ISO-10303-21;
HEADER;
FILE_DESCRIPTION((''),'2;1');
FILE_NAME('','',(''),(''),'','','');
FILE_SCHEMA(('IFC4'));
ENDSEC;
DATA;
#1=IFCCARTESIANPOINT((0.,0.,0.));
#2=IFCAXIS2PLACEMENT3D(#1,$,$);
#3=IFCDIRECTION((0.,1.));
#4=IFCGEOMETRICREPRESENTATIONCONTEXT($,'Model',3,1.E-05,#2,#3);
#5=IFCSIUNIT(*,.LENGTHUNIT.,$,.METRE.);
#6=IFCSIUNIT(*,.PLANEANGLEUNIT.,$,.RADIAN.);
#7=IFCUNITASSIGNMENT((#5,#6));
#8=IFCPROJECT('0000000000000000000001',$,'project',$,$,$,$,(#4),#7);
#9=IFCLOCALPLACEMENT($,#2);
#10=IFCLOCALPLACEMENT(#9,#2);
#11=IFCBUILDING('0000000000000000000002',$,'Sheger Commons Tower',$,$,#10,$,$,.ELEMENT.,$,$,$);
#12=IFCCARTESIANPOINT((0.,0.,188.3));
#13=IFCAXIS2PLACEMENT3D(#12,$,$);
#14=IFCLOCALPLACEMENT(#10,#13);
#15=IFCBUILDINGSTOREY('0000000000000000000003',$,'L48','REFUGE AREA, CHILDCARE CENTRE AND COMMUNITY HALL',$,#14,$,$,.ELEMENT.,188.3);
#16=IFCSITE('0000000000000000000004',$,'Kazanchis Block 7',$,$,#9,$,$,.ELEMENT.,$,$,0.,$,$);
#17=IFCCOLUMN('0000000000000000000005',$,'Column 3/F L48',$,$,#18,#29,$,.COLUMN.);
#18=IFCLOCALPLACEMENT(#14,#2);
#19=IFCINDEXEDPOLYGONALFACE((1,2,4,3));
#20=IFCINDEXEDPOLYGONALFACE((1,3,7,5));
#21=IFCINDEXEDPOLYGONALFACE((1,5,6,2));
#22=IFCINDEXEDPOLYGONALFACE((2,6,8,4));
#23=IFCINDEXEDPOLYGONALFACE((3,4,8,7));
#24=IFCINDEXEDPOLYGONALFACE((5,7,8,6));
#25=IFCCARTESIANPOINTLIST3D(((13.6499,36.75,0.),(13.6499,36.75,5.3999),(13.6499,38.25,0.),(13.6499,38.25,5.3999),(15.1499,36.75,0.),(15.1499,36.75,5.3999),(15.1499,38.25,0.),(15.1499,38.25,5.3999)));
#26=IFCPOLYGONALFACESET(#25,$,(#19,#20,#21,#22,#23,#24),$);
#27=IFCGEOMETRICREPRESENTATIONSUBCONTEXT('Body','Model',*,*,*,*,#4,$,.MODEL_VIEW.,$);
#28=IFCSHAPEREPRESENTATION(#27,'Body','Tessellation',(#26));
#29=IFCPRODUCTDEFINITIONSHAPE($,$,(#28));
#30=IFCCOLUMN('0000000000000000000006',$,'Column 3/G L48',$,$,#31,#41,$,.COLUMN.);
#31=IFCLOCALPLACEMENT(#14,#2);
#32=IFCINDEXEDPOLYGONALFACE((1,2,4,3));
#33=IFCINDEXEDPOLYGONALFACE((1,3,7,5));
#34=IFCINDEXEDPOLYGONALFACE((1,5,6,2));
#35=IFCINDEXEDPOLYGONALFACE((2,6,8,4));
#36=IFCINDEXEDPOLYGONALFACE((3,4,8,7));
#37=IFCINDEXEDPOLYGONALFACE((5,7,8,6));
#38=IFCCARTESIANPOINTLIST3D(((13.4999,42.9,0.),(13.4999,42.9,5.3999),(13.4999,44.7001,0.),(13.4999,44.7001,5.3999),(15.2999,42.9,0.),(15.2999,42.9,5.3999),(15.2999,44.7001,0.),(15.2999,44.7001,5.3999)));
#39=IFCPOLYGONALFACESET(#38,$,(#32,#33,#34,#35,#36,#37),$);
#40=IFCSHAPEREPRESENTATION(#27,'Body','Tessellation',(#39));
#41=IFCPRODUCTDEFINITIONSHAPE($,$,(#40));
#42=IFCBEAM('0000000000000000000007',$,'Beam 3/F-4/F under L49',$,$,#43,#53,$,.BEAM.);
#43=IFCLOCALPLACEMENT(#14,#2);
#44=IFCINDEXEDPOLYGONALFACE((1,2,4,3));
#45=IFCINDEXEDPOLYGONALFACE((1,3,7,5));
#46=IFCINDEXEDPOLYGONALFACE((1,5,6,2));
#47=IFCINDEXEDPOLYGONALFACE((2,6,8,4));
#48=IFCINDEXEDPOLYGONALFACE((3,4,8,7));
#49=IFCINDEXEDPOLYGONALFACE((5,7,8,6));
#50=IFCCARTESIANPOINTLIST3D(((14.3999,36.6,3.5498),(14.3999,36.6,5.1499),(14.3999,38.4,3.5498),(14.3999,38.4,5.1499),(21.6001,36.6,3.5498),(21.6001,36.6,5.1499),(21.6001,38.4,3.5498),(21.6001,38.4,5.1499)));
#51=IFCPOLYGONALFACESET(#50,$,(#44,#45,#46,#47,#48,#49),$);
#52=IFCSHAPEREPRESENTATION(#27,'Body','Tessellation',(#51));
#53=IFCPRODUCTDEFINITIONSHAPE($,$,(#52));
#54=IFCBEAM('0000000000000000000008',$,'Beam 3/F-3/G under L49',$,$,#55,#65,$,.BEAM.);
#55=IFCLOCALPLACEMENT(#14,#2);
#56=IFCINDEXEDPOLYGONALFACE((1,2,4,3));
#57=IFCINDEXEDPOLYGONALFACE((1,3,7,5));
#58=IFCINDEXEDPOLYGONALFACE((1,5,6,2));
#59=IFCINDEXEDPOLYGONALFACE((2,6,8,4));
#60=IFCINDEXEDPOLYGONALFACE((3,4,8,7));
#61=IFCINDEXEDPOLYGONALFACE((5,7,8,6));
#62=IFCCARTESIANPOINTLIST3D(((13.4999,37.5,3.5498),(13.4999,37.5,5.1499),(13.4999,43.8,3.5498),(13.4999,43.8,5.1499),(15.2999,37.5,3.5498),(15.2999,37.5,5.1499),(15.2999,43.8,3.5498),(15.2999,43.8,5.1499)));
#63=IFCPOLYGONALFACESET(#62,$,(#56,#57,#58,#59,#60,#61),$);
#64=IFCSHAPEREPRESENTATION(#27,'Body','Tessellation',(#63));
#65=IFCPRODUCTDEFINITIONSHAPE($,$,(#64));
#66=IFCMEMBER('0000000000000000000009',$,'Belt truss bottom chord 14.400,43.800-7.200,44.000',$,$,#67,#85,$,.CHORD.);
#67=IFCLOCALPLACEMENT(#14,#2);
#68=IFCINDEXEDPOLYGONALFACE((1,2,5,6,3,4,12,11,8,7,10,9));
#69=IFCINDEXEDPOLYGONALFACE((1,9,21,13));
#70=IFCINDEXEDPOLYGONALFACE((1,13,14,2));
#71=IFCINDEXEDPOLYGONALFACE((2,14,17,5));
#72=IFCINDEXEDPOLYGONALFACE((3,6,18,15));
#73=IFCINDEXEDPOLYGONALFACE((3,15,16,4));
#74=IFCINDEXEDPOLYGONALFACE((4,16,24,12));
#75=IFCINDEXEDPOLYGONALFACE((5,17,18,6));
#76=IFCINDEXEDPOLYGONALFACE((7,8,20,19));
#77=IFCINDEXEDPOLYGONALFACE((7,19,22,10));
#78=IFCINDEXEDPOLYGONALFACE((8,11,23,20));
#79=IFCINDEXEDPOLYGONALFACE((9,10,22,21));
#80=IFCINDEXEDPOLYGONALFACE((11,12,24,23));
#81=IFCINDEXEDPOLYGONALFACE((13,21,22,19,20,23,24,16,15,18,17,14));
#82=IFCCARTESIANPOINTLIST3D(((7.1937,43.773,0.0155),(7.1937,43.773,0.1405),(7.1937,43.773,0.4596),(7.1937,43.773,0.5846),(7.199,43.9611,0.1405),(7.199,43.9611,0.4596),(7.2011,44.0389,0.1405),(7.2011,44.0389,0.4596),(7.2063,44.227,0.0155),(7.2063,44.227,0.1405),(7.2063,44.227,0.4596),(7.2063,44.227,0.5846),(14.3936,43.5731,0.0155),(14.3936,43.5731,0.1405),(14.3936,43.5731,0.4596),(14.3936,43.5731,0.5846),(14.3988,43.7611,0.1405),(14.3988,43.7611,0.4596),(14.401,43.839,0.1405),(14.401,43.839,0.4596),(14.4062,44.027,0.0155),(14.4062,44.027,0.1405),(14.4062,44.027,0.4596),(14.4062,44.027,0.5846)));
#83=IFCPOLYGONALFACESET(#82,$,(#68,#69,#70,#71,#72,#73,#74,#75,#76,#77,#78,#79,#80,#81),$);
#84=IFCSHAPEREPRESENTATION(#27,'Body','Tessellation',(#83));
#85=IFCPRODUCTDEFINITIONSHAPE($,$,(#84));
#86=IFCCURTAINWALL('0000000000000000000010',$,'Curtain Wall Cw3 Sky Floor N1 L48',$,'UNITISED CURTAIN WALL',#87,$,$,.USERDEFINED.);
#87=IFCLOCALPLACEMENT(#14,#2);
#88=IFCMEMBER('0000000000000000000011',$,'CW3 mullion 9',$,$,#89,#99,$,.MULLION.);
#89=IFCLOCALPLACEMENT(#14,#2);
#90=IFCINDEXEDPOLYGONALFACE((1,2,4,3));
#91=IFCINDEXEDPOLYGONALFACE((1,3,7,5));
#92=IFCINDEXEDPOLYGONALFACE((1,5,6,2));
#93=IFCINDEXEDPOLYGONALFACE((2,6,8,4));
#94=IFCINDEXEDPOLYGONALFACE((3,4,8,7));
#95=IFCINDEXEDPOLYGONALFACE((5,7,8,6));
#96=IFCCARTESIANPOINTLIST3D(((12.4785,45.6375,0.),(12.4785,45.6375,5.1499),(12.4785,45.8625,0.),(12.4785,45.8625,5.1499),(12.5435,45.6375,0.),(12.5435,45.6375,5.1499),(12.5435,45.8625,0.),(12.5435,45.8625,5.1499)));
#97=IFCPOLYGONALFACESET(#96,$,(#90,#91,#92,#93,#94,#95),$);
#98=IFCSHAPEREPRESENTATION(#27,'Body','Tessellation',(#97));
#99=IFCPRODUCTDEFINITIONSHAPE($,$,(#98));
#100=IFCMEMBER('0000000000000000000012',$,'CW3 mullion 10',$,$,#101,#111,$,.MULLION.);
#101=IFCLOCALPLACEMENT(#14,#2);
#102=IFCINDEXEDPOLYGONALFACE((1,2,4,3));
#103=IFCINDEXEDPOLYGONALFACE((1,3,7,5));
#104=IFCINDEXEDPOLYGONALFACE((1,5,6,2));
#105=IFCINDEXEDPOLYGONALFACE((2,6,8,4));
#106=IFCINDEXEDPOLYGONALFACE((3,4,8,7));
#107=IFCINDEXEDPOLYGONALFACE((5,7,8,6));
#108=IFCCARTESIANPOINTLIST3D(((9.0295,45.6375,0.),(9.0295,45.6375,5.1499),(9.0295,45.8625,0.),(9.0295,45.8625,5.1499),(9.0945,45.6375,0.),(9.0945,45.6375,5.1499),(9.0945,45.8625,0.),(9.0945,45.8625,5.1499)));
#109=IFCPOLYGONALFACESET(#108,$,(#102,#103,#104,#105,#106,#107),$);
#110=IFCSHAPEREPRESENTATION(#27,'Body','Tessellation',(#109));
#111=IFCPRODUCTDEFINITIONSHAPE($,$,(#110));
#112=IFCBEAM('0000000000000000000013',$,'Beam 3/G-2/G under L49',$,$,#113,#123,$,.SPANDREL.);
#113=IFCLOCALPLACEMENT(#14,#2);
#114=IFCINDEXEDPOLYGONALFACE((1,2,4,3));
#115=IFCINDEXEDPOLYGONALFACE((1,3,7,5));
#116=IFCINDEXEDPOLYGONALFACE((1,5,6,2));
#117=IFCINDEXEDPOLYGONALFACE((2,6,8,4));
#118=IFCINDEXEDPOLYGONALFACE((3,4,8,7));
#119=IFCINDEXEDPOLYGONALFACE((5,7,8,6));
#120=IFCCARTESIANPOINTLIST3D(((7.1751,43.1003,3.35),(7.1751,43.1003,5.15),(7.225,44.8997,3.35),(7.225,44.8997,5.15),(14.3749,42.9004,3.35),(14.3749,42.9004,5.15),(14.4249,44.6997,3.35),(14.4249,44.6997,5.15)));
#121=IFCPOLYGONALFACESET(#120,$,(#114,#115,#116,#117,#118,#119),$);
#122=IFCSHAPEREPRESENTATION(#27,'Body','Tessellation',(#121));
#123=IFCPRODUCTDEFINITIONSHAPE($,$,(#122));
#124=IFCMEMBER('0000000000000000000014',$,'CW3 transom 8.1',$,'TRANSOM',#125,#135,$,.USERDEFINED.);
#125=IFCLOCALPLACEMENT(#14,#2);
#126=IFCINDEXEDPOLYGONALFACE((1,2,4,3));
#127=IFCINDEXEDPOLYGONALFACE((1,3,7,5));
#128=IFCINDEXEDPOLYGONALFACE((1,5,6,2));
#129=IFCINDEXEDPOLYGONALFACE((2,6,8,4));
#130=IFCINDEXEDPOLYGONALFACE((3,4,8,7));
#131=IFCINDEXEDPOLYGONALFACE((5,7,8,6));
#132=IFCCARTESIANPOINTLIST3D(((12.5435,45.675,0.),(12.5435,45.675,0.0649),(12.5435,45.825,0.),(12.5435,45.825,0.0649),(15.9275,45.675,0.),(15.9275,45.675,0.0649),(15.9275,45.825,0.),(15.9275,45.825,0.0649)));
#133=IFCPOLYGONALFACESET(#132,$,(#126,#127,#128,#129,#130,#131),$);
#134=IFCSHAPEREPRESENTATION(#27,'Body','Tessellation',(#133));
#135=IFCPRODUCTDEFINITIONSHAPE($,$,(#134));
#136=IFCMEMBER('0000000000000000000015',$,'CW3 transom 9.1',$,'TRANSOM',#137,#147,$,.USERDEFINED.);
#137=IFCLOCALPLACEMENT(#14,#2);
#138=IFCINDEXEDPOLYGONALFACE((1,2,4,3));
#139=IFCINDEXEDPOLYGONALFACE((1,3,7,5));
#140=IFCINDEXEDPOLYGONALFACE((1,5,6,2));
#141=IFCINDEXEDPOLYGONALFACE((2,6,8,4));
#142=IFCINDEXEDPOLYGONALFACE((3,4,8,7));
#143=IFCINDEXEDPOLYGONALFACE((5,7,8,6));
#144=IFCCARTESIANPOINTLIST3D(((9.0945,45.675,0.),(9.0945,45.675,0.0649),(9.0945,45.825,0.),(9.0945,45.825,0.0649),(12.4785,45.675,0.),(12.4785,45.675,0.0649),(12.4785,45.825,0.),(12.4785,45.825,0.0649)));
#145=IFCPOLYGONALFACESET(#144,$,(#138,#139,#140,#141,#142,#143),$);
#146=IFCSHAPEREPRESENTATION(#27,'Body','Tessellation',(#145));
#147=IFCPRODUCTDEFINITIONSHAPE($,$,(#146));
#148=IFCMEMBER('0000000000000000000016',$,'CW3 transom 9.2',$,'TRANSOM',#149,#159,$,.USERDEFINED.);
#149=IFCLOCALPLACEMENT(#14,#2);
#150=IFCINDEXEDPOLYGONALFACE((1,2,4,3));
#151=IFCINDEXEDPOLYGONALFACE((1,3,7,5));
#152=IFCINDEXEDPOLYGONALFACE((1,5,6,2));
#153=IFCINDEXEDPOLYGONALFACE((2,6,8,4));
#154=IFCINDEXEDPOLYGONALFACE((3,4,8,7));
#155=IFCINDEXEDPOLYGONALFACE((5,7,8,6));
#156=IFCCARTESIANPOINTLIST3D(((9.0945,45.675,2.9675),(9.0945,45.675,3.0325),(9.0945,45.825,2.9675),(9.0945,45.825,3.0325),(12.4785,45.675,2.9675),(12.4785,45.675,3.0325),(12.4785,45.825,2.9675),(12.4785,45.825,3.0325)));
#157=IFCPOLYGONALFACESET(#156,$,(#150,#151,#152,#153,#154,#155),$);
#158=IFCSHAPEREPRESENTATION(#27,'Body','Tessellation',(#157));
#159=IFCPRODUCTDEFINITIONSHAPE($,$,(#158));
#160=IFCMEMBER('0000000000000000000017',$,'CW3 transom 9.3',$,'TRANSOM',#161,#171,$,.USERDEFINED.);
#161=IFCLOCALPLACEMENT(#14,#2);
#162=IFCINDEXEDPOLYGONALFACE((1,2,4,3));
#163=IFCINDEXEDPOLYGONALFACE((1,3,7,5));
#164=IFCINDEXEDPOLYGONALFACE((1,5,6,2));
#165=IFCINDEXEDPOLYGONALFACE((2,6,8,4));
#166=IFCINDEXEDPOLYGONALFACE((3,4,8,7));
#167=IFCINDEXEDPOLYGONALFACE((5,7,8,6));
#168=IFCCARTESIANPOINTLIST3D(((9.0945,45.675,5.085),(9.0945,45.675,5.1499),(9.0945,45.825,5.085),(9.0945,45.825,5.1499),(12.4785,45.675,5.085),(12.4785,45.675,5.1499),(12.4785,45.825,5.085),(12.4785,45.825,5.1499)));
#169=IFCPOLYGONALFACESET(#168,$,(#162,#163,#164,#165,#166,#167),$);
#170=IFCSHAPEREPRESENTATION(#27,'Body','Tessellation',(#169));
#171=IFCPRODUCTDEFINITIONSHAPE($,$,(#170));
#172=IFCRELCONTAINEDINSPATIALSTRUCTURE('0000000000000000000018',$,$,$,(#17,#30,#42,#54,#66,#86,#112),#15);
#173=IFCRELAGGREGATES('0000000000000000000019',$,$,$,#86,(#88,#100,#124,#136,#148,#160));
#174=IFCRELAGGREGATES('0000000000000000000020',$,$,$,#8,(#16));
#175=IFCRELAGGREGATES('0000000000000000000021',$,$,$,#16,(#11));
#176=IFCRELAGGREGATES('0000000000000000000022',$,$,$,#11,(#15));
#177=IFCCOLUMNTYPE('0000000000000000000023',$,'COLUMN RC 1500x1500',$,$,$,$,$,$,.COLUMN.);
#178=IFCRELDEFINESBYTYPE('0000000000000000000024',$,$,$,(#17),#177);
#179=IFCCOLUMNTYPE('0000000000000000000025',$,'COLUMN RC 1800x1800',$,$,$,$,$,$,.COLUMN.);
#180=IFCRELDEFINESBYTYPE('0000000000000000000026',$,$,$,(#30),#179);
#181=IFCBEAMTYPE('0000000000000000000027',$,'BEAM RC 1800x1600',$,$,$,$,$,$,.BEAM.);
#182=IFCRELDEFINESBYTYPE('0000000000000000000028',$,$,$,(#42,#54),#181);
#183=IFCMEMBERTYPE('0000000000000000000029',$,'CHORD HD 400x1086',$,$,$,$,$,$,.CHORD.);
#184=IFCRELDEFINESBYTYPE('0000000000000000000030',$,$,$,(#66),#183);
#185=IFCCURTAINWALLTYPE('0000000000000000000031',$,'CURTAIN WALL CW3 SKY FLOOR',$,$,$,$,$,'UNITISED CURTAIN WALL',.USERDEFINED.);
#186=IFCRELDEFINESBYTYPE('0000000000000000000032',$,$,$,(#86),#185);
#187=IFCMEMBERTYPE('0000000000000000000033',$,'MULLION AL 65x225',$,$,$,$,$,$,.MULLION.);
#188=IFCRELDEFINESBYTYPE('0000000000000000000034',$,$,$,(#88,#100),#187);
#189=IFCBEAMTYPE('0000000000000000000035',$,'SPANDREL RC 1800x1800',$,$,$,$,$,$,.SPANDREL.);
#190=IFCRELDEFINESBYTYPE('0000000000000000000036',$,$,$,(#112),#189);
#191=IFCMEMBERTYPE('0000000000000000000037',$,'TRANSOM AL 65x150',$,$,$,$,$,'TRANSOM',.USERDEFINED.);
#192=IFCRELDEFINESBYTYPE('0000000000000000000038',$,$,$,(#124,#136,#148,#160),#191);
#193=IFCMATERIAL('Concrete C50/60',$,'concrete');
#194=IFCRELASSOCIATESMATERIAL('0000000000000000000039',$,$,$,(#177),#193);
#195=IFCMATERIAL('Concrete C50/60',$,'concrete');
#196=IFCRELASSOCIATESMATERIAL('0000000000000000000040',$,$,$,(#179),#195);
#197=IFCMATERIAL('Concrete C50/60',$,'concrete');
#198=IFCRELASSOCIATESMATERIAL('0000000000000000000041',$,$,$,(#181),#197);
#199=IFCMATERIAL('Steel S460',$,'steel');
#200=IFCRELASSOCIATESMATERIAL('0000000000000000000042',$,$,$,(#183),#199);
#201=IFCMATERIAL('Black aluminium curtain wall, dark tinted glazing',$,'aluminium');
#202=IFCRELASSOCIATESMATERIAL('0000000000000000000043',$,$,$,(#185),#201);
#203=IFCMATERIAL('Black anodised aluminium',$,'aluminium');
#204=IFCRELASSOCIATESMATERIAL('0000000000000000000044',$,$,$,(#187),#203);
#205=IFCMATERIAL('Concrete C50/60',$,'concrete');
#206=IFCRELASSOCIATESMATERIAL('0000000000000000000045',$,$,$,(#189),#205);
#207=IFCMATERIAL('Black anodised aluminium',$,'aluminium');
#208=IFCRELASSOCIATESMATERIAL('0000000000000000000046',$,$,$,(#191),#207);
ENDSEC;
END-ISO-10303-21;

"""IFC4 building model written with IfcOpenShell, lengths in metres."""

from ifc_helpers import new_model, si_unit, direction, frame, origin, origin_2d, place, context, subcontext, project, spatial, rectangle, i_section, extrude, material, material_profile, profile_set, type_object, element, aggregate, save


model = new_model("IFC4")

# Units and contexts
model_context = context("Model", 3, precision=1e-05, world=origin(), true_north=direction((0.0, 1.0)))
body_context = subcontext(model_context, "Body", "Model", "MODEL_VIEW")
ifc_project = project(units=[si_unit("LENGTHUNIT", "METRE"), si_unit("PLANEANGLEUNIT", "RADIAN")], contexts=[model_context])

# Site, building, storey
site_placement = place(None, origin())
site = spatial("IfcSite", under=ifc_project, at=site_placement, Name="Kazanchis Block 7", CompositionType="ELEMENT", RefElevation=0.0)
building_placement = place(site_placement, origin())
building = spatial("IfcBuilding", under=site, at=building_placement, Name="Sheger Commons Tower", CompositionType="ELEMENT")
storey_placement = place(building_placement, frame((0.0, 0.0, 188.3)))
storey = spatial("IfcBuildingStorey", under=building, at=storey_placement, Name="L48", Description="REFUGE AREA, CHILDCARE CENTRE AND COMMUNITY HALL", CompositionType="ELEMENT", Elevation=188.3)

# Columns
ifc_material_1 = material(Name="Concrete C50/60", Category="concrete")
ifc_material_profile_1 = material_profile(ifc_material_1, rectangle(XDim=1.5, YDim=1.5, at=origin_2d()), Name="RC 1500x1500")
ifc_profile_set_1 = profile_set([ifc_material_profile_1], Name="Concrete C50/60")
column_type_1 = type_object("IfcColumnType", Name="COLUMN RC 1500x1500", PredefinedType="COLUMN", material=ifc_profile_set_1)
column_1_placement = place(storey_placement, frame((14.3999, 37.5, 0.0), z_axis=(0.0, 0.0, 1.0), x_axis=(1.0, 0.0, 0.0)))
element("IfcColumn", 1, at=column_1_placement, inside=storey, type_object=column_type_1, Name="Column 3/F L48", PredefinedType="COLUMN", context=body_context, shape_type="SweptSolid", body=[
    extrude(rectangle(XDim=1.5, YDim=1.5, at=origin_2d()), origin(), (0.0, 0.0, 1.0), 5.3999),
])
ifc_material_2 = material(Name="Concrete C50/60", Category="concrete")
ifc_material_profile_2 = material_profile(ifc_material_2, rectangle(XDim=1.8, YDim=1.8, at=origin_2d()), Name="RC 1800x1800")
ifc_profile_set_2 = profile_set([ifc_material_profile_2], Name="Concrete C50/60")
column_type_2 = type_object("IfcColumnType", Name="COLUMN RC 1800x1800", PredefinedType="COLUMN", material=ifc_profile_set_2)
column_2_placement = place(storey_placement, frame((14.3999, 43.8, 0.0), z_axis=(0.0, 0.0, 1.0), x_axis=(1.0, 0.0, 0.0)))
element("IfcColumn", 2, at=column_2_placement, inside=storey, type_object=column_type_2, Name="Column 3/G L48", PredefinedType="COLUMN", context=body_context, shape_type="SweptSolid", body=[
    extrude(rectangle(XDim=1.8, YDim=1.8, at=origin_2d()), origin(), (0.0, 0.0, 1.0), 5.3999),
])

# Beams
ifc_material_3 = material(Name="Concrete C50/60", Category="concrete")
ifc_material_profile_3 = material_profile(ifc_material_3, rectangle(XDim=1.8, YDim=1.6001, at=origin_2d()), Name="RC 1800x1600")
ifc_profile_set_3 = profile_set([ifc_material_profile_3], Name="Concrete C50/60")
beam_type_1 = type_object("IfcBeamType", Name="BEAM RC 1800x1600", PredefinedType="BEAM", material=ifc_profile_set_3)
beam_1_placement = place(storey_placement, frame((14.3999, 37.5, 4.3499), z_axis=(1.0, 0.0, 0.0), x_axis=(0.0, 1.0, 0.0)))
element("IfcBeam", 3, at=beam_1_placement, inside=storey, type_object=beam_type_1, Name="Beam 3/F-4/F under L49", PredefinedType="BEAM", context=body_context, shape_type="SweptSolid", body=[
    extrude(rectangle(XDim=1.8, YDim=1.6001, at=origin_2d()), origin(), (0.0, 0.0, 1.0), 7.2002),
])
beam_2_placement = place(storey_placement, frame((14.3999, 37.5, 4.3499), z_axis=(0.0, 1.0, 0.0), x_axis=(-1.0, 0.0, 0.0)))
element("IfcBeam", 4, at=beam_2_placement, inside=storey, type_object=beam_type_1, Name="Beam 3/F-3/G under L49", PredefinedType="BEAM", context=body_context, shape_type="SweptSolid", body=[
    extrude(rectangle(XDim=1.8, YDim=1.6001, at=origin_2d()), origin(), (0.0, 0.0, 1.0), 6.3),
])

# Member
ifc_material_4 = material(Name="Steel S460", Category="steel")
ifc_material_profile_4 = material_profile(ifc_material_4, i_section(OverallWidth=0.4541, OverallDepth=0.5691, WebThickness=0.0779, FlangeThickness=0.125, at=origin_2d()), Name="HD 400x1086")
ifc_profile_set_4 = profile_set([ifc_material_profile_4], Name="Steel S460")
member_type_1 = type_object("IfcMemberType", Name="CHORD HD 400x1086", PredefinedType="CHORD", material=ifc_profile_set_4)
member_1_placement = place(storey_placement, frame((14.3999, 43.8, 0.3), z_axis=(-0.999615, 0.02776, 0.0), x_axis=(-0.02776, -0.999615, 0.0)))
element("IfcMember", 5, at=member_1_placement, inside=storey, type_object=member_type_1, Name="Belt truss bottom chord 14.400,43.800-7.200,44.000", PredefinedType="CHORD", context=body_context, shape_type="SweptSolid", body=[
    extrude(i_section(OverallWidth=0.4541, OverallDepth=0.5691, WebThickness=0.0779, FlangeThickness=0.125, at=origin_2d()), origin(), (0.0, 0.0, 1.0), 7.2026),
])

# Curtain wall, members
ifc_material_5 = material(Name="Black aluminium curtain wall, dark tinted glazing", Category="aluminium")
curtain_wall_type = type_object("IfcCurtainWallType", Name="CURTAIN WALL CW3 SKY FLOOR", ElementType="UNITISED CURTAIN WALL", PredefinedType="USERDEFINED", material=ifc_material_5)
curtain_wall_placement = place(storey_placement, origin())
curtain_wall = element("IfcCurtainWall", 6, at=curtain_wall_placement, inside=storey, type_object=curtain_wall_type, Name="Curtain Wall Cw3 Sky Floor N1 L48", ObjectType="UNITISED CURTAIN WALL", PredefinedType="USERDEFINED")
ifc_material_6 = material(Name="Black anodised aluminium", Category="aluminium")
ifc_material_profile_5 = material_profile(ifc_material_6, rectangle(XDim=0.2251, YDim=0.0649, at=origin_2d()), Name="AL 65x225")
ifc_profile_set_5 = profile_set([ifc_material_profile_5], Name="Black anodised aluminium")
member_type_2 = type_object("IfcMemberType", Name="MULLION AL 65x225", PredefinedType="MULLION", material=ifc_profile_set_5)
member_2_placement = place(storey_placement, frame((12.511, 45.75, 0.0), z_axis=(0.0, 0.0, 1.0), x_axis=(0.0, -1.0, 0.0)))
member_2 = element("IfcMember", 7, at=member_2_placement, type_object=member_type_2, Name="CW3 mullion 9", PredefinedType="MULLION", context=body_context, shape_type="SweptSolid", body=[
    extrude(rectangle(XDim=0.2251, YDim=0.0649, at=origin_2d()), origin(), (0.0, 0.0, 1.0), 5.1499),
])
member_3_placement = place(storey_placement, frame((9.062, 45.75, 0.0), z_axis=(0.0, 0.0, 1.0), x_axis=(0.0, -1.0, 0.0)))
member_3 = element("IfcMember", 8, at=member_3_placement, type_object=member_type_2, Name="CW3 mullion 10", PredefinedType="MULLION", context=body_context, shape_type="SweptSolid", body=[
    extrude(rectangle(XDim=0.2251, YDim=0.0649, at=origin_2d()), origin(), (0.0, 0.0, 1.0), 5.1499),
])

# Beam
ifc_material_7 = material(Name="Concrete C50/60", Category="concrete")
ifc_material_profile_6 = material_profile(ifc_material_7, rectangle(XDim=1.8, YDim=1.8, at=origin_2d()), Name="RC 1800x1800")
ifc_profile_set_6 = profile_set([ifc_material_profile_6], Name="Concrete C50/60")
beam_type_2 = type_object("IfcBeamType", Name="SPANDREL RC 1800x1800", PredefinedType="SPANDREL", material=ifc_profile_set_6)
beam_3_placement = place(storey_placement, frame((14.3999, 43.8, 4.25), z_axis=(-0.999615, 0.02776, 0.0), x_axis=(-0.02776, -0.999615, 0.0)))
element("IfcBeam", 9, at=beam_3_placement, inside=storey, type_object=beam_type_2, Name="Beam 3/G-2/G under L49", PredefinedType="SPANDREL", context=body_context, shape_type="SweptSolid", body=[
    extrude(rectangle(XDim=1.8, YDim=1.8, at=origin_2d()), origin(), (0.0, 0.0, 1.0), 7.2026),
])

# Members
ifc_material_8 = material(Name="Black anodised aluminium", Category="aluminium")
ifc_material_profile_7 = material_profile(ifc_material_8, rectangle(XDim=0.1499, YDim=0.0649, at=origin_2d()), Name="AL 65x150")
ifc_profile_set_7 = profile_set([ifc_material_profile_7], Name="Black anodised aluminium")
member_type_3 = type_object("IfcMemberType", Name="TRANSOM AL 65x150", ElementType="TRANSOM", PredefinedType="USERDEFINED", material=ifc_profile_set_7)
member_4_placement = place(storey_placement, frame((15.9275, 45.75, 0.0325), z_axis=(-1.0, 0.0, 0.0), x_axis=(0.0, -1.0, 0.0)))
member_4 = element("IfcMember", 10, at=member_4_placement, type_object=member_type_3, Name="CW3 transom 8.1", ObjectType="TRANSOM", PredefinedType="USERDEFINED", context=body_context, shape_type="SweptSolid", body=[
    extrude(rectangle(XDim=0.1499, YDim=0.0649, at=origin_2d()), origin(), (0.0, 0.0, 1.0), 3.384),
])
member_5_placement = place(storey_placement, frame((12.4785, 45.75, 0.0325), z_axis=(-1.0, 0.0, 0.0), x_axis=(0.0, -1.0, 0.0)))
member_5 = element("IfcMember", 11, at=member_5_placement, type_object=member_type_3, Name="CW3 transom 9.1", ObjectType="TRANSOM", PredefinedType="USERDEFINED", context=body_context, shape_type="SweptSolid", body=[
    extrude(rectangle(XDim=0.1499, YDim=0.0649, at=origin_2d()), origin(), (0.0, 0.0, 1.0), 3.384),
])
member_6_placement = place(storey_placement, frame((12.4785, 45.75, 3.0), z_axis=(-1.0, 0.0, 0.0), x_axis=(0.0, -1.0, 0.0)))
member_6 = element("IfcMember", 12, at=member_6_placement, type_object=member_type_3, Name="CW3 transom 9.2", ObjectType="TRANSOM", PredefinedType="USERDEFINED", context=body_context, shape_type="SweptSolid", body=[
    extrude(rectangle(XDim=0.1499, YDim=0.0649, at=origin_2d()), origin(), (0.0, 0.0, 1.0), 3.384),
])
member_7_placement = place(storey_placement, frame((12.4785, 45.75, 5.1174), z_axis=(-1.0, 0.0, 0.0), x_axis=(0.0, -1.0, 0.0)))
member_7 = element("IfcMember", 13, at=member_7_placement, type_object=member_type_3, Name="CW3 transom 9.3", ObjectType="TRANSOM", PredefinedType="USERDEFINED", context=body_context, shape_type="SweptSolid", body=[
    extrude(rectangle(XDim=0.1499, YDim=0.0649, at=origin_2d()), origin(), (0.0, 0.0, 1.0), 3.384),
])

aggregate(curtain_wall, [member_2, member_3, member_4, member_5, member_6, member_7])

save(model, "model.ifc")
